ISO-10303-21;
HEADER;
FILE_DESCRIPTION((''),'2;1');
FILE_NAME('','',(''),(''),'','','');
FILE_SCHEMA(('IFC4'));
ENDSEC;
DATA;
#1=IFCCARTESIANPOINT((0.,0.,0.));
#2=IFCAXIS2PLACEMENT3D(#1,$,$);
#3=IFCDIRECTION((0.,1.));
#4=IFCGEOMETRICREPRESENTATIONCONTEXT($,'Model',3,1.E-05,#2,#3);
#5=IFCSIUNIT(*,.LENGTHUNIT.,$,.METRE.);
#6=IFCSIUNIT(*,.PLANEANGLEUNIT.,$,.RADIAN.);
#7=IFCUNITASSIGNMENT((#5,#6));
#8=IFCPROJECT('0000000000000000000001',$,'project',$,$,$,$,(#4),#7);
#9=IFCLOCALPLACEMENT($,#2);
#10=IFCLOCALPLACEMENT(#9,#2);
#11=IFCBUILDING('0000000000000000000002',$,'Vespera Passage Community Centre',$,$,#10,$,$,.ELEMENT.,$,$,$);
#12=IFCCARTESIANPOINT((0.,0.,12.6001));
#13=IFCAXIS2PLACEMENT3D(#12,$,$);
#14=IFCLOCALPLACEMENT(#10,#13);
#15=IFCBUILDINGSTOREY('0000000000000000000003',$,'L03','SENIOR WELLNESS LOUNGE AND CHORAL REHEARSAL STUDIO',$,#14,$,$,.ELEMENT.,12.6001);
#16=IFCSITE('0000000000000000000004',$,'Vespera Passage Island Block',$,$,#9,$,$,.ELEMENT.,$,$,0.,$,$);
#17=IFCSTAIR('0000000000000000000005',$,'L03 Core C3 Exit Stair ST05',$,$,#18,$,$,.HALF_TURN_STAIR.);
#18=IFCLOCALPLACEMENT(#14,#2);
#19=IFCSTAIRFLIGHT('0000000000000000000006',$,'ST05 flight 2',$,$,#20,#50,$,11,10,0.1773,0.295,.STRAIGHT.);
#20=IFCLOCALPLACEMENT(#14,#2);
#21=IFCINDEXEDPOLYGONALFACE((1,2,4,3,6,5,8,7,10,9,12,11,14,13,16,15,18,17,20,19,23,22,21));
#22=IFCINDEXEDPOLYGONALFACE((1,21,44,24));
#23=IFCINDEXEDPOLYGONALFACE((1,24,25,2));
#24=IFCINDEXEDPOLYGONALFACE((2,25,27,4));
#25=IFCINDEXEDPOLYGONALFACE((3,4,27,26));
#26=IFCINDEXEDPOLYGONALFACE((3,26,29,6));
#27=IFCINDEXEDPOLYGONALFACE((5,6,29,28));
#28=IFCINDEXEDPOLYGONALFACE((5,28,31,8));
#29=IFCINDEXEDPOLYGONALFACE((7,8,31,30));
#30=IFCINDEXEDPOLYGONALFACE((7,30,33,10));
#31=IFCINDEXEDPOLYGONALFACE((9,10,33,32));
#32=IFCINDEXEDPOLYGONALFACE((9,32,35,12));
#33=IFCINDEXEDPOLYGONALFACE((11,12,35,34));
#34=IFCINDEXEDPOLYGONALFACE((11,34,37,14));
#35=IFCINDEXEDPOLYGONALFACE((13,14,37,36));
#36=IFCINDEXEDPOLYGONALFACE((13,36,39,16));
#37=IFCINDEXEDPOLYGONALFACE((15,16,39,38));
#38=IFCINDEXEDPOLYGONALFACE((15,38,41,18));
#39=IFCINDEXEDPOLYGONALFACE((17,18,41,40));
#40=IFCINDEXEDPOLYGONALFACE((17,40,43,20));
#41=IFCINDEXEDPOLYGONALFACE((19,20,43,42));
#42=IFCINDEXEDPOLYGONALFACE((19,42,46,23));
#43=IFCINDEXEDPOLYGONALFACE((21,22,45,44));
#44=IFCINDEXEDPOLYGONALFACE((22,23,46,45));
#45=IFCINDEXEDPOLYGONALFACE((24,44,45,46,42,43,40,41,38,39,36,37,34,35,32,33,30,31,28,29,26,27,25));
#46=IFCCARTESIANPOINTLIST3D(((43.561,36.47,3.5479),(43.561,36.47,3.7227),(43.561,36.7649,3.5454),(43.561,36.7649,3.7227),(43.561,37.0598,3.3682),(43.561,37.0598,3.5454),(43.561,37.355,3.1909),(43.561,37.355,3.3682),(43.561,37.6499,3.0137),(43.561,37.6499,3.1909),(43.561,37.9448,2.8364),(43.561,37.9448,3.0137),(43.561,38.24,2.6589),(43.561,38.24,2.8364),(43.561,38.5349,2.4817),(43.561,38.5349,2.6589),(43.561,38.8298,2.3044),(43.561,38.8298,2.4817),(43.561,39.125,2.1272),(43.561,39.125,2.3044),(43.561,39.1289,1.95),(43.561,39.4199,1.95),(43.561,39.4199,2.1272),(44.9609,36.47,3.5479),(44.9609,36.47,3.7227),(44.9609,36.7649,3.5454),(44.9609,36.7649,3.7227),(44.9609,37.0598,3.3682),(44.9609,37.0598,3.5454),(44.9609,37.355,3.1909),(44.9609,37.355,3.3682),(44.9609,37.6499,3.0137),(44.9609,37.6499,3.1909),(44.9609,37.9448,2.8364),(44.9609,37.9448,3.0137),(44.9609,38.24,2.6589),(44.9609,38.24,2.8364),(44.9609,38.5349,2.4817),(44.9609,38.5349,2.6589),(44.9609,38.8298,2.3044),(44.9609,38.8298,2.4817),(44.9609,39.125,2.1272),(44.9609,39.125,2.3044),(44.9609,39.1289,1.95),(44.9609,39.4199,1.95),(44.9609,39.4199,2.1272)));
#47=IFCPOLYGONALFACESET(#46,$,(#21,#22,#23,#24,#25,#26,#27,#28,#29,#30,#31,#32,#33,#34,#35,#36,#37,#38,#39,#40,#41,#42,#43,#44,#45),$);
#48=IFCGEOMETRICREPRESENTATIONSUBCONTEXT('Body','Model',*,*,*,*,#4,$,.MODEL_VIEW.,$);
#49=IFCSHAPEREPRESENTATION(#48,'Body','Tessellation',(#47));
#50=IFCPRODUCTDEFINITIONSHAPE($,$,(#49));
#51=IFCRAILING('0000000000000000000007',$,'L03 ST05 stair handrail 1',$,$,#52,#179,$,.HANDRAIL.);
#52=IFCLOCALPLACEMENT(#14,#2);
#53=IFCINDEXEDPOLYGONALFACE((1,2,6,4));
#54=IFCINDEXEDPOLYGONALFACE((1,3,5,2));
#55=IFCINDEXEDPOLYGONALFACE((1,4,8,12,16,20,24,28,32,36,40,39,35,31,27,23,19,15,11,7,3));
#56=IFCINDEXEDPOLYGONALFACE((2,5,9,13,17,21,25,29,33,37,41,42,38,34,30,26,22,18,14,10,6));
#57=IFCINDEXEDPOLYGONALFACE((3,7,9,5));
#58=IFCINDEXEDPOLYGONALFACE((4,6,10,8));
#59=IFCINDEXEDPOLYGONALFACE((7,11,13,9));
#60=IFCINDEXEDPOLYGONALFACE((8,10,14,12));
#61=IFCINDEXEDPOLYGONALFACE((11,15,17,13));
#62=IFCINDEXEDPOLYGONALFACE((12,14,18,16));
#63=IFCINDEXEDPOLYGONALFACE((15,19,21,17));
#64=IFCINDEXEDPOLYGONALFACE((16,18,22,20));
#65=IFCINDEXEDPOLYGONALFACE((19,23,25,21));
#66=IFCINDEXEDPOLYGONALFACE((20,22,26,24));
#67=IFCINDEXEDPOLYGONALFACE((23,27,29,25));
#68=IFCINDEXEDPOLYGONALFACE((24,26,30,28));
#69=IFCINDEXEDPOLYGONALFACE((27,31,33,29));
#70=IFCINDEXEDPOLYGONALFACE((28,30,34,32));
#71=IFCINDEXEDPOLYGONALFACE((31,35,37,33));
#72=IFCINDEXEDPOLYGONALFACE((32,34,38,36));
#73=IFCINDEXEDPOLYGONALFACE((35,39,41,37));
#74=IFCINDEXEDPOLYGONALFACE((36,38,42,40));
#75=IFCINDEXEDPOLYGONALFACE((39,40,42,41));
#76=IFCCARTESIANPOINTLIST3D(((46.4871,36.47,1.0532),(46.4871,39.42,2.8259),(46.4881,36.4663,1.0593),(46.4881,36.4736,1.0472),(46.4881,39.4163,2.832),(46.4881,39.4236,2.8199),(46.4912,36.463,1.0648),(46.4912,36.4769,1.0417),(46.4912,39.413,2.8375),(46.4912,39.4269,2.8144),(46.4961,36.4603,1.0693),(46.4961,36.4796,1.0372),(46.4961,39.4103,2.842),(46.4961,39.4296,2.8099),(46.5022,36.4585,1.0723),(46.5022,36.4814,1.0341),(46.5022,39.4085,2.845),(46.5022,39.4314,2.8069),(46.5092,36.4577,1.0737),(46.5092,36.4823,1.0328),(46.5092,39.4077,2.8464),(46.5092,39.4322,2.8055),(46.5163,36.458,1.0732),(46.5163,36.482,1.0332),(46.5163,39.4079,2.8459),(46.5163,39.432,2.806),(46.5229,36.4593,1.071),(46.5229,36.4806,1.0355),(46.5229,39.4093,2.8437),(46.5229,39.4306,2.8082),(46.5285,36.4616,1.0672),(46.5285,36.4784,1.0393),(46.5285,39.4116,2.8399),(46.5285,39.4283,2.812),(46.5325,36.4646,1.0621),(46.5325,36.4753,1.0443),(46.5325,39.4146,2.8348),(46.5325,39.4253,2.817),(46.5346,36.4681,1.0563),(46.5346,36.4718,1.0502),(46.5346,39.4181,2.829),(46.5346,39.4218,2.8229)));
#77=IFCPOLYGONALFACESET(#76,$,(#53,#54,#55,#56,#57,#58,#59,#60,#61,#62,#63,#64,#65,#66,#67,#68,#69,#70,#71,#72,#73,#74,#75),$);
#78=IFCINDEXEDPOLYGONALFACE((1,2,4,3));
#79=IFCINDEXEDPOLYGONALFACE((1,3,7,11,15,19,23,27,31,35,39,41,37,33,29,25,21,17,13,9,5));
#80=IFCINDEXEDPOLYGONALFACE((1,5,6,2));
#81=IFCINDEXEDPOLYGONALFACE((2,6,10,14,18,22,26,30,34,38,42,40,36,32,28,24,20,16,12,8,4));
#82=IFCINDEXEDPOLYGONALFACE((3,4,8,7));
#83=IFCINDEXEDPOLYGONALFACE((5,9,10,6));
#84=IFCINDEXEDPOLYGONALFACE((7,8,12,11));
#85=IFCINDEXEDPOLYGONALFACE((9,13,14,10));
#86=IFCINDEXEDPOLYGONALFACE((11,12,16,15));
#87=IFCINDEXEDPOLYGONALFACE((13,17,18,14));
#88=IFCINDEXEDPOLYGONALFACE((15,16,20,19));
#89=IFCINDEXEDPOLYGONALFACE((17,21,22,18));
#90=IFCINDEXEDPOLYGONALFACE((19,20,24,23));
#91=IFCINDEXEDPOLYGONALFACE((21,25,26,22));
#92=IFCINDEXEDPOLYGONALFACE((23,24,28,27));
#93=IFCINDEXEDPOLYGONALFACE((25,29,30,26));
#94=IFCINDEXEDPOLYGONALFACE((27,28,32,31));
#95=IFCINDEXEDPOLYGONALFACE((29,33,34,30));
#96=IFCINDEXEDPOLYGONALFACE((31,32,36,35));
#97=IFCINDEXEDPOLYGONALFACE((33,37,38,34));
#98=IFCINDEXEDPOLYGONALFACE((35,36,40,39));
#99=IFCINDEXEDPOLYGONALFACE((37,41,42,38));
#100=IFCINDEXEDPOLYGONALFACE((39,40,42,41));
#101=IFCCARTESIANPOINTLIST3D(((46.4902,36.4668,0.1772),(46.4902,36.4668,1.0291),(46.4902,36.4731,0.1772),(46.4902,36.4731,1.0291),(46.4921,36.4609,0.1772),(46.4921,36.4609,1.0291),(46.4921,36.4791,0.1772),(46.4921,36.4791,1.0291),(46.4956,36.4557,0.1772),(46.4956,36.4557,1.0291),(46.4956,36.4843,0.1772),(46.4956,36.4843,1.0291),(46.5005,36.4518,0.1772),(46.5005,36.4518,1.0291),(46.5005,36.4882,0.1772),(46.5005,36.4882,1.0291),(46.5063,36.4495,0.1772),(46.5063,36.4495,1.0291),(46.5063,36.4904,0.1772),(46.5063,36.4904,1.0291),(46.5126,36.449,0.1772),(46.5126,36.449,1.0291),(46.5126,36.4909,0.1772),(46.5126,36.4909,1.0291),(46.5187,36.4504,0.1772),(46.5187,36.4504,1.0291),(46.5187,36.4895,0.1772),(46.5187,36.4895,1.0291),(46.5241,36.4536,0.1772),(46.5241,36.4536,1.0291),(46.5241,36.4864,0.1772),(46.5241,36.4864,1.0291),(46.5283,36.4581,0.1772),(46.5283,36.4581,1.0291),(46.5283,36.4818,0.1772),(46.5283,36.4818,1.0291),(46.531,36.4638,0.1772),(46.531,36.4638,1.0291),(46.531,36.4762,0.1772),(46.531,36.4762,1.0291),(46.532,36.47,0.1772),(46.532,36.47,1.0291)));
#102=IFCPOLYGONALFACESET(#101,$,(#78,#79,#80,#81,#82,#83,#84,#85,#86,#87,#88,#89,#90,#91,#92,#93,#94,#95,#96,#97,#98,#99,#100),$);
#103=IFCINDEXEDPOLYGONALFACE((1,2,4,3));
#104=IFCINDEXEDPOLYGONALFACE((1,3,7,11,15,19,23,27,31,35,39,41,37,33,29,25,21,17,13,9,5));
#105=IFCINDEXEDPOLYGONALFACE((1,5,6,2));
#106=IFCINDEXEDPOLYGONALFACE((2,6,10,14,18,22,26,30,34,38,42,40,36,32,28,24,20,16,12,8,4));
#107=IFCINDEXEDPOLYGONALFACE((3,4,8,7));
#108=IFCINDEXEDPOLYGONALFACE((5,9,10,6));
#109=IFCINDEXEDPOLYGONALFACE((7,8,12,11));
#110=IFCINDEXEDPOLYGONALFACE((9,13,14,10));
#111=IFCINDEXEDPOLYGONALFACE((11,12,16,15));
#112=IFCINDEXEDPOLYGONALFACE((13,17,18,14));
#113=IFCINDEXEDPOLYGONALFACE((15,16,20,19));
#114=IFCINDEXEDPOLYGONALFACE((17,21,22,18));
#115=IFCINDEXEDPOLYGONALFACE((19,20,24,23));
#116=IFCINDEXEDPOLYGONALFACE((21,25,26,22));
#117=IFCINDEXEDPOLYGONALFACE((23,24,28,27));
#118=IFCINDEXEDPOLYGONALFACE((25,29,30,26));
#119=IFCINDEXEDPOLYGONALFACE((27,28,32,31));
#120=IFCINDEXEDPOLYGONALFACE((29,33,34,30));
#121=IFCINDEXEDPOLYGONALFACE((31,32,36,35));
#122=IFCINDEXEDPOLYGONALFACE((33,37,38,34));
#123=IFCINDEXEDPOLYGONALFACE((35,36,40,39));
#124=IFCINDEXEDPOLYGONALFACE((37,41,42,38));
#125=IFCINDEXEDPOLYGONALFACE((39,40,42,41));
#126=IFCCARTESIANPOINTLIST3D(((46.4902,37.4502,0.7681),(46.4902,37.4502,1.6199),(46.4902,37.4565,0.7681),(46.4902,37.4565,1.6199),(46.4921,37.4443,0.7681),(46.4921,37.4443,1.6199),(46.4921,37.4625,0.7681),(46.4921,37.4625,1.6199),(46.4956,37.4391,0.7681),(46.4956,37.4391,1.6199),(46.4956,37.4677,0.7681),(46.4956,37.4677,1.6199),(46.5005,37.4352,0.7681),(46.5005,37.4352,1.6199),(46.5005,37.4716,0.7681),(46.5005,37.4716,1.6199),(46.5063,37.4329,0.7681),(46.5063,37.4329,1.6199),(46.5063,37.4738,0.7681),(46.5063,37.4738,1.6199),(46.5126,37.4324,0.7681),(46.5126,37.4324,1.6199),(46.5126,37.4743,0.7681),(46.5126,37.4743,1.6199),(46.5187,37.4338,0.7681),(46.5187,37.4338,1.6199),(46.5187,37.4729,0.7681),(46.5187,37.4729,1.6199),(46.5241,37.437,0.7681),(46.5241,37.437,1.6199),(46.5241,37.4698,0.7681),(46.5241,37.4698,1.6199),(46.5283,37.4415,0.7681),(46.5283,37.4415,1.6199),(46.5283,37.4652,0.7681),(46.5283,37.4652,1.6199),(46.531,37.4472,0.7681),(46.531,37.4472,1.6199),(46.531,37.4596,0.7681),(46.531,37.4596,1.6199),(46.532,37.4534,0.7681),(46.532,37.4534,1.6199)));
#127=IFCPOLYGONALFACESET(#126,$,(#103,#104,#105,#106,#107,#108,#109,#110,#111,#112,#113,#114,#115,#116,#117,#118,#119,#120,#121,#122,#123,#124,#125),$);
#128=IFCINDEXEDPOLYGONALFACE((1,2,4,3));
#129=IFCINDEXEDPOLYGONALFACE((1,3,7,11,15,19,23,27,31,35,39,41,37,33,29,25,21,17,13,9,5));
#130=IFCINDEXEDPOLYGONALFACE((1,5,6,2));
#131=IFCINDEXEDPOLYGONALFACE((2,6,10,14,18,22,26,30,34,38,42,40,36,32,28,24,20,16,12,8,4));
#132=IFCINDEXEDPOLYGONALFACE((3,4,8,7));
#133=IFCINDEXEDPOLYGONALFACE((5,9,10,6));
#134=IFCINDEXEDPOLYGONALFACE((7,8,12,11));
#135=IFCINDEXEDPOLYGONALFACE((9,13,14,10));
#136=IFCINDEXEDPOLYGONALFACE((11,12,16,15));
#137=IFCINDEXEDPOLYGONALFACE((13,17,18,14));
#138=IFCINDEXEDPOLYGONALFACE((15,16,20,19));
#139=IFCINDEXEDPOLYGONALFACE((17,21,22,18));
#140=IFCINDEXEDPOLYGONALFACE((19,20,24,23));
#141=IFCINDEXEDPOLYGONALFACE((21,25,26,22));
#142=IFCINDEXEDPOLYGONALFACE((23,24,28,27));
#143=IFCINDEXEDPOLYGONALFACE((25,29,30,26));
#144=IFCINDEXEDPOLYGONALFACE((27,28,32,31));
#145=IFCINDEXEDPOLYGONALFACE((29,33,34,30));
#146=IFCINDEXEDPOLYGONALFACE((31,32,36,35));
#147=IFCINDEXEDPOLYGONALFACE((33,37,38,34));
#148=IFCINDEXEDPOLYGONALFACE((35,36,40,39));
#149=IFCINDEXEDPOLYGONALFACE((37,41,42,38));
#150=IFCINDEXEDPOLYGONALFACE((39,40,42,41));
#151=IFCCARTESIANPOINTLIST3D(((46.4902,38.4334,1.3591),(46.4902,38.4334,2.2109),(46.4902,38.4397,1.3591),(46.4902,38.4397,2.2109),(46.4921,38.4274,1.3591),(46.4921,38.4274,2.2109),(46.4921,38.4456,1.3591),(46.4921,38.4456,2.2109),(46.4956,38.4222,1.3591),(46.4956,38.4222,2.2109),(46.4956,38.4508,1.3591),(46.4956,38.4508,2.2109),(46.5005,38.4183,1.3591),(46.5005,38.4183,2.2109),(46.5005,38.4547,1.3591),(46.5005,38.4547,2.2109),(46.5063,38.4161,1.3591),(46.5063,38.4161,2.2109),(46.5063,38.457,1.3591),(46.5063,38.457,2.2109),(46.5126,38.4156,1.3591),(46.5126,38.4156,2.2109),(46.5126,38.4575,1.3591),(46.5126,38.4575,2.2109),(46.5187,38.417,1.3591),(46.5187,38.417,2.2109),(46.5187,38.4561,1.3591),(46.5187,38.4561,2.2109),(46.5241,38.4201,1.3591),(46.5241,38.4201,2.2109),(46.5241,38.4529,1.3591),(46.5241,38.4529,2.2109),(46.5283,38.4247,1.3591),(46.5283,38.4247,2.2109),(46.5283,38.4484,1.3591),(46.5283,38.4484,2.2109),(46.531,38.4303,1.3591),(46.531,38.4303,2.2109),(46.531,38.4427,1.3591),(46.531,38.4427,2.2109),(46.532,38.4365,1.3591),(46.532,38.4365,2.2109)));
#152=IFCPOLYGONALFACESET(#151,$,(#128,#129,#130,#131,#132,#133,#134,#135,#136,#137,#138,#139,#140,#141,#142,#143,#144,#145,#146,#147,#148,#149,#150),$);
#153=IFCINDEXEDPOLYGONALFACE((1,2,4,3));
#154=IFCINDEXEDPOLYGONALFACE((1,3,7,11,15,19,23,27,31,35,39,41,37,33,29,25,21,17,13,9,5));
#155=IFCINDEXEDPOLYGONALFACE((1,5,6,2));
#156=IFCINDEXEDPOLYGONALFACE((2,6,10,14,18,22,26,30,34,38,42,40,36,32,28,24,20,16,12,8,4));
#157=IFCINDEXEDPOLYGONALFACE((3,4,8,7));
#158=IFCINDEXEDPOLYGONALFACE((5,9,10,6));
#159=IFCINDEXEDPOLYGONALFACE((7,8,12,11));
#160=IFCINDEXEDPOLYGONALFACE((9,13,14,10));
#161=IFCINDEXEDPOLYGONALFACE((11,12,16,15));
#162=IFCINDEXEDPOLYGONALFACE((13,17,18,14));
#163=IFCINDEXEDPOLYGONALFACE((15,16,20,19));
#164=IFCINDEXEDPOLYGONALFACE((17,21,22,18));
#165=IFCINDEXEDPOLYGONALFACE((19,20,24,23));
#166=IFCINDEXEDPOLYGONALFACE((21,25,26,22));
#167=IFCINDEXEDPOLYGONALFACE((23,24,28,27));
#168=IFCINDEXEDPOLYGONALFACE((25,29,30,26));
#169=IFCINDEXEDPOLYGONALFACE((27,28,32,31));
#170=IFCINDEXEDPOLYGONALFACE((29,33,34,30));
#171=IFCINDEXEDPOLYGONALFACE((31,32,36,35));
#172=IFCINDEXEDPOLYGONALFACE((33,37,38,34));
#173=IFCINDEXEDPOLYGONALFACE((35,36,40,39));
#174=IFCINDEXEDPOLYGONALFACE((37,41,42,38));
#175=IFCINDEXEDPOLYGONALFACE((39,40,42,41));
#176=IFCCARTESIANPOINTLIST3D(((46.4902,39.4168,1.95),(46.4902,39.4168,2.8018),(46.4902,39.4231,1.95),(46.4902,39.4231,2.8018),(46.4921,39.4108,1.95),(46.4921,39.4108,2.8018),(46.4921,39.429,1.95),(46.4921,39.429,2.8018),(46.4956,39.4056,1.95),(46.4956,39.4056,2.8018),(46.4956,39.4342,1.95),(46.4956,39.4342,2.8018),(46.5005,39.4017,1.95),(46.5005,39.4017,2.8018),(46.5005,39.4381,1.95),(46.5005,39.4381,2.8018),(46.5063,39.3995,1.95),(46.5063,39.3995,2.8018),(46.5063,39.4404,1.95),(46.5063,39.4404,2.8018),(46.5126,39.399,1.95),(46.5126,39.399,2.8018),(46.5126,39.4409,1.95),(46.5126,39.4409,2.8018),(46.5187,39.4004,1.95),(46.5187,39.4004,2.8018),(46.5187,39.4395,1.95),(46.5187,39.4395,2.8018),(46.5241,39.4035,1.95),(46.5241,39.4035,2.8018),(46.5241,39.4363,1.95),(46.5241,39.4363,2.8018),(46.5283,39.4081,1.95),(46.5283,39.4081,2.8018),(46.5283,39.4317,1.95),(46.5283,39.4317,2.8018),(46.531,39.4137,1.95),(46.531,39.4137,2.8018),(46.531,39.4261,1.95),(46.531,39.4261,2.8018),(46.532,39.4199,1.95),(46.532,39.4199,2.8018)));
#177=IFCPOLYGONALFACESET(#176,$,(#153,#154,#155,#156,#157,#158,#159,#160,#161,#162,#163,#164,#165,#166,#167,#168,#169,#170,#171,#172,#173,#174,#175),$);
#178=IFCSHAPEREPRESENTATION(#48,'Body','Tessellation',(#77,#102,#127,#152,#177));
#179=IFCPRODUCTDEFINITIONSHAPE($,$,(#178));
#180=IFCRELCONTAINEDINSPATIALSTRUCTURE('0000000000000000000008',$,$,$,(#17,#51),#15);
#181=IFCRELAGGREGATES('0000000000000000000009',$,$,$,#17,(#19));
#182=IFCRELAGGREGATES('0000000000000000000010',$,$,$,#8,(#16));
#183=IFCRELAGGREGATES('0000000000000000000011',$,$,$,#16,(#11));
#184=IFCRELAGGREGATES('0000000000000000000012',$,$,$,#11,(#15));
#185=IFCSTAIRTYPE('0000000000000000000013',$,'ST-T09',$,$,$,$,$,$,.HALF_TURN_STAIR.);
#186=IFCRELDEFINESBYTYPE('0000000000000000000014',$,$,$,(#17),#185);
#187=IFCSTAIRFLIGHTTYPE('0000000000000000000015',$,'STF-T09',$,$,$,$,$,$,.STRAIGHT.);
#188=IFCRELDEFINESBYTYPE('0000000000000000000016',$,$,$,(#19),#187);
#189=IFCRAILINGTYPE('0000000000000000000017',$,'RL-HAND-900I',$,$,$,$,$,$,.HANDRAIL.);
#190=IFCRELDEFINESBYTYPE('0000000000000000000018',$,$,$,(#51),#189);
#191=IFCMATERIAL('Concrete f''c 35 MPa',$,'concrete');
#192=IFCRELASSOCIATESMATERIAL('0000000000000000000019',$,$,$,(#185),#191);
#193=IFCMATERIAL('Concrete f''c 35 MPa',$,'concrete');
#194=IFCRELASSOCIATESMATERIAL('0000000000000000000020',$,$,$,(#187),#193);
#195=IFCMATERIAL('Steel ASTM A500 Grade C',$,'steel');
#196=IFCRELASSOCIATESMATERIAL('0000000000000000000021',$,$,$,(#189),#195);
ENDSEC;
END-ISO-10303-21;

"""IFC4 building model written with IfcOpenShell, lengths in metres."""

from ifc_helpers import new_model, si_unit, direction, frame, origin, origin_2d, place, context, subcontext, project, spatial, polyline, circle, outline, extrude, material, type_object, element, aggregate, save


model = new_model("IFC4")

# Units and contexts
model_context = context("Model", 3, precision=1e-05, world=origin(), true_north=direction((0.0, 1.0)))
body_context = subcontext(model_context, "Body", "Model", "MODEL_VIEW")
ifc_project = project(units=[si_unit("LENGTHUNIT", "METRE"), si_unit("PLANEANGLEUNIT", "RADIAN")], contexts=[model_context])

# Site, building, storey
site_placement = place(None, origin())
site = spatial("IfcSite", under=ifc_project, at=site_placement, Name="Vespera Passage Island Block", CompositionType="ELEMENT", RefElevation=0.0)
building_placement = place(site_placement, origin())
building = spatial("IfcBuilding", under=site, at=building_placement, Name="Vespera Passage Community Centre", CompositionType="ELEMENT")
storey_placement = place(building_placement, frame((0.0, 0.0, 12.6001)))
storey = spatial("IfcBuildingStorey", under=building, at=storey_placement, Name="L03", Description="SENIOR WELLNESS LOUNGE AND CHORAL REHEARSAL STUDIO", CompositionType="ELEMENT", Elevation=12.6001)

# Stair, stair flight
ifc_material_1 = material(Name="Concrete f'c 35 MPa", Category="concrete")
stair_type = type_object("IfcStairType", Name="ST-T09", PredefinedType="HALF_TURN_STAIR", material=ifc_material_1)
stair_placement = place(storey_placement, origin())
stair = element("IfcStair", 1, at=stair_placement, inside=storey, type_object=stair_type, Name="L03 Core C3 Exit Stair ST05", PredefinedType="HALF_TURN_STAIR")
ifc_material_2 = material(Name="Concrete f'c 35 MPa", Category="concrete")
stair_flight_type = type_object("IfcStairFlightType", Name="STF-T09", PredefinedType="STRAIGHT", material=ifc_material_2)
stair_flight_1_placement = place(storey_placement, frame((44.261, 39.4199, 1.95), z_axis=(0.0, 0.0, 1.0), x_axis=(0.0, -1.0, 0.0)))
stair_flight_1 = element("IfcStairFlight", 2, at=stair_flight_1_placement, type_object=stair_flight_type, Name="ST05 flight 2", NumberOfRisers=11, NumberOfTreads=10, PredefinedType="STRAIGHT", RiserHeight=0.1773, TreadLength=0.295, context=body_context, shape_type="SweptSolid", body=[
    extrude(outline(polyline([(0.0, 0.0), (0.0, 0.1772), (0.2949, 0.1772), (0.2949, 0.3545), (0.5901, 0.3545), (0.5901, 0.5317), (0.885, 0.5317), (0.885, 0.709), (1.1799, 0.709), (1.1799, 0.8865), (1.4751, 0.8865), (1.4751, 1.0637), (1.77, 1.0637), (1.77, 1.241), (2.0649, 1.241), (2.0649, 1.4182), (2.3601, 1.4182), (2.3601, 1.5955), (2.655, 1.5955), (2.655, 1.7727), (2.95, 1.7727), (2.95, 1.95), (2.95, 1.5979), (0.291, 0.0), (0.0, 0.0)])), frame((0.0, 0.7, 0.0), z_axis=(0.0, -1.0, 0.0), x_axis=(1.0, 0.0, 0.0)), (0.0, 0.0, 1.0), 1.3999),
])
aggregate(stair, [stair_flight_1])

# Railing
ifc_material_3 = material(Name="Steel ASTM A500 Grade C", Category="steel")
railing_type_1 = type_object("IfcRailingType", Name="RL-HAND-900I", PredefinedType="HANDRAIL", material=ifc_material_3)
railing_1_placement = place(storey_placement, frame((46.511, 36.47, 0.1772)))
element("IfcRailing", 3, at=railing_1_placement, inside=storey, type_object=railing_type_1, Name="L03 ST05 stair handrail 1", PredefinedType="HANDRAIL", context=body_context, shape_type="SweptSolid", body=[
    extrude(circle(Radius=0.0239, at=origin_2d()), frame((0.0, 0.0, 0.876), z_axis=(0.0, 0.857142, 0.51508), x_axis=(-1.0, 0.0, 0.0)), (0.0, 0.0, 1.0), 3.4417),
    extrude(circle(Radius=0.021, at=origin_2d()), origin(), (0.0, 0.0, 1.0), 0.8518),
    extrude(circle(Radius=0.021, at=origin_2d()), frame((0.0, 0.9834, 0.5908)), (0.0, 0.0, 1.0), 0.8518),
    extrude(circle(Radius=0.021, at=origin_2d()), frame((0.0, 1.9666, 1.1819)), (0.0, 0.0, 1.0), 0.8518),
    extrude(circle(Radius=0.021, at=origin_2d()), frame((0.0, 2.95, 1.7727)), (0.0, 0.0, 1.0), 0.8518),
])

save(model, "model.ifc")
